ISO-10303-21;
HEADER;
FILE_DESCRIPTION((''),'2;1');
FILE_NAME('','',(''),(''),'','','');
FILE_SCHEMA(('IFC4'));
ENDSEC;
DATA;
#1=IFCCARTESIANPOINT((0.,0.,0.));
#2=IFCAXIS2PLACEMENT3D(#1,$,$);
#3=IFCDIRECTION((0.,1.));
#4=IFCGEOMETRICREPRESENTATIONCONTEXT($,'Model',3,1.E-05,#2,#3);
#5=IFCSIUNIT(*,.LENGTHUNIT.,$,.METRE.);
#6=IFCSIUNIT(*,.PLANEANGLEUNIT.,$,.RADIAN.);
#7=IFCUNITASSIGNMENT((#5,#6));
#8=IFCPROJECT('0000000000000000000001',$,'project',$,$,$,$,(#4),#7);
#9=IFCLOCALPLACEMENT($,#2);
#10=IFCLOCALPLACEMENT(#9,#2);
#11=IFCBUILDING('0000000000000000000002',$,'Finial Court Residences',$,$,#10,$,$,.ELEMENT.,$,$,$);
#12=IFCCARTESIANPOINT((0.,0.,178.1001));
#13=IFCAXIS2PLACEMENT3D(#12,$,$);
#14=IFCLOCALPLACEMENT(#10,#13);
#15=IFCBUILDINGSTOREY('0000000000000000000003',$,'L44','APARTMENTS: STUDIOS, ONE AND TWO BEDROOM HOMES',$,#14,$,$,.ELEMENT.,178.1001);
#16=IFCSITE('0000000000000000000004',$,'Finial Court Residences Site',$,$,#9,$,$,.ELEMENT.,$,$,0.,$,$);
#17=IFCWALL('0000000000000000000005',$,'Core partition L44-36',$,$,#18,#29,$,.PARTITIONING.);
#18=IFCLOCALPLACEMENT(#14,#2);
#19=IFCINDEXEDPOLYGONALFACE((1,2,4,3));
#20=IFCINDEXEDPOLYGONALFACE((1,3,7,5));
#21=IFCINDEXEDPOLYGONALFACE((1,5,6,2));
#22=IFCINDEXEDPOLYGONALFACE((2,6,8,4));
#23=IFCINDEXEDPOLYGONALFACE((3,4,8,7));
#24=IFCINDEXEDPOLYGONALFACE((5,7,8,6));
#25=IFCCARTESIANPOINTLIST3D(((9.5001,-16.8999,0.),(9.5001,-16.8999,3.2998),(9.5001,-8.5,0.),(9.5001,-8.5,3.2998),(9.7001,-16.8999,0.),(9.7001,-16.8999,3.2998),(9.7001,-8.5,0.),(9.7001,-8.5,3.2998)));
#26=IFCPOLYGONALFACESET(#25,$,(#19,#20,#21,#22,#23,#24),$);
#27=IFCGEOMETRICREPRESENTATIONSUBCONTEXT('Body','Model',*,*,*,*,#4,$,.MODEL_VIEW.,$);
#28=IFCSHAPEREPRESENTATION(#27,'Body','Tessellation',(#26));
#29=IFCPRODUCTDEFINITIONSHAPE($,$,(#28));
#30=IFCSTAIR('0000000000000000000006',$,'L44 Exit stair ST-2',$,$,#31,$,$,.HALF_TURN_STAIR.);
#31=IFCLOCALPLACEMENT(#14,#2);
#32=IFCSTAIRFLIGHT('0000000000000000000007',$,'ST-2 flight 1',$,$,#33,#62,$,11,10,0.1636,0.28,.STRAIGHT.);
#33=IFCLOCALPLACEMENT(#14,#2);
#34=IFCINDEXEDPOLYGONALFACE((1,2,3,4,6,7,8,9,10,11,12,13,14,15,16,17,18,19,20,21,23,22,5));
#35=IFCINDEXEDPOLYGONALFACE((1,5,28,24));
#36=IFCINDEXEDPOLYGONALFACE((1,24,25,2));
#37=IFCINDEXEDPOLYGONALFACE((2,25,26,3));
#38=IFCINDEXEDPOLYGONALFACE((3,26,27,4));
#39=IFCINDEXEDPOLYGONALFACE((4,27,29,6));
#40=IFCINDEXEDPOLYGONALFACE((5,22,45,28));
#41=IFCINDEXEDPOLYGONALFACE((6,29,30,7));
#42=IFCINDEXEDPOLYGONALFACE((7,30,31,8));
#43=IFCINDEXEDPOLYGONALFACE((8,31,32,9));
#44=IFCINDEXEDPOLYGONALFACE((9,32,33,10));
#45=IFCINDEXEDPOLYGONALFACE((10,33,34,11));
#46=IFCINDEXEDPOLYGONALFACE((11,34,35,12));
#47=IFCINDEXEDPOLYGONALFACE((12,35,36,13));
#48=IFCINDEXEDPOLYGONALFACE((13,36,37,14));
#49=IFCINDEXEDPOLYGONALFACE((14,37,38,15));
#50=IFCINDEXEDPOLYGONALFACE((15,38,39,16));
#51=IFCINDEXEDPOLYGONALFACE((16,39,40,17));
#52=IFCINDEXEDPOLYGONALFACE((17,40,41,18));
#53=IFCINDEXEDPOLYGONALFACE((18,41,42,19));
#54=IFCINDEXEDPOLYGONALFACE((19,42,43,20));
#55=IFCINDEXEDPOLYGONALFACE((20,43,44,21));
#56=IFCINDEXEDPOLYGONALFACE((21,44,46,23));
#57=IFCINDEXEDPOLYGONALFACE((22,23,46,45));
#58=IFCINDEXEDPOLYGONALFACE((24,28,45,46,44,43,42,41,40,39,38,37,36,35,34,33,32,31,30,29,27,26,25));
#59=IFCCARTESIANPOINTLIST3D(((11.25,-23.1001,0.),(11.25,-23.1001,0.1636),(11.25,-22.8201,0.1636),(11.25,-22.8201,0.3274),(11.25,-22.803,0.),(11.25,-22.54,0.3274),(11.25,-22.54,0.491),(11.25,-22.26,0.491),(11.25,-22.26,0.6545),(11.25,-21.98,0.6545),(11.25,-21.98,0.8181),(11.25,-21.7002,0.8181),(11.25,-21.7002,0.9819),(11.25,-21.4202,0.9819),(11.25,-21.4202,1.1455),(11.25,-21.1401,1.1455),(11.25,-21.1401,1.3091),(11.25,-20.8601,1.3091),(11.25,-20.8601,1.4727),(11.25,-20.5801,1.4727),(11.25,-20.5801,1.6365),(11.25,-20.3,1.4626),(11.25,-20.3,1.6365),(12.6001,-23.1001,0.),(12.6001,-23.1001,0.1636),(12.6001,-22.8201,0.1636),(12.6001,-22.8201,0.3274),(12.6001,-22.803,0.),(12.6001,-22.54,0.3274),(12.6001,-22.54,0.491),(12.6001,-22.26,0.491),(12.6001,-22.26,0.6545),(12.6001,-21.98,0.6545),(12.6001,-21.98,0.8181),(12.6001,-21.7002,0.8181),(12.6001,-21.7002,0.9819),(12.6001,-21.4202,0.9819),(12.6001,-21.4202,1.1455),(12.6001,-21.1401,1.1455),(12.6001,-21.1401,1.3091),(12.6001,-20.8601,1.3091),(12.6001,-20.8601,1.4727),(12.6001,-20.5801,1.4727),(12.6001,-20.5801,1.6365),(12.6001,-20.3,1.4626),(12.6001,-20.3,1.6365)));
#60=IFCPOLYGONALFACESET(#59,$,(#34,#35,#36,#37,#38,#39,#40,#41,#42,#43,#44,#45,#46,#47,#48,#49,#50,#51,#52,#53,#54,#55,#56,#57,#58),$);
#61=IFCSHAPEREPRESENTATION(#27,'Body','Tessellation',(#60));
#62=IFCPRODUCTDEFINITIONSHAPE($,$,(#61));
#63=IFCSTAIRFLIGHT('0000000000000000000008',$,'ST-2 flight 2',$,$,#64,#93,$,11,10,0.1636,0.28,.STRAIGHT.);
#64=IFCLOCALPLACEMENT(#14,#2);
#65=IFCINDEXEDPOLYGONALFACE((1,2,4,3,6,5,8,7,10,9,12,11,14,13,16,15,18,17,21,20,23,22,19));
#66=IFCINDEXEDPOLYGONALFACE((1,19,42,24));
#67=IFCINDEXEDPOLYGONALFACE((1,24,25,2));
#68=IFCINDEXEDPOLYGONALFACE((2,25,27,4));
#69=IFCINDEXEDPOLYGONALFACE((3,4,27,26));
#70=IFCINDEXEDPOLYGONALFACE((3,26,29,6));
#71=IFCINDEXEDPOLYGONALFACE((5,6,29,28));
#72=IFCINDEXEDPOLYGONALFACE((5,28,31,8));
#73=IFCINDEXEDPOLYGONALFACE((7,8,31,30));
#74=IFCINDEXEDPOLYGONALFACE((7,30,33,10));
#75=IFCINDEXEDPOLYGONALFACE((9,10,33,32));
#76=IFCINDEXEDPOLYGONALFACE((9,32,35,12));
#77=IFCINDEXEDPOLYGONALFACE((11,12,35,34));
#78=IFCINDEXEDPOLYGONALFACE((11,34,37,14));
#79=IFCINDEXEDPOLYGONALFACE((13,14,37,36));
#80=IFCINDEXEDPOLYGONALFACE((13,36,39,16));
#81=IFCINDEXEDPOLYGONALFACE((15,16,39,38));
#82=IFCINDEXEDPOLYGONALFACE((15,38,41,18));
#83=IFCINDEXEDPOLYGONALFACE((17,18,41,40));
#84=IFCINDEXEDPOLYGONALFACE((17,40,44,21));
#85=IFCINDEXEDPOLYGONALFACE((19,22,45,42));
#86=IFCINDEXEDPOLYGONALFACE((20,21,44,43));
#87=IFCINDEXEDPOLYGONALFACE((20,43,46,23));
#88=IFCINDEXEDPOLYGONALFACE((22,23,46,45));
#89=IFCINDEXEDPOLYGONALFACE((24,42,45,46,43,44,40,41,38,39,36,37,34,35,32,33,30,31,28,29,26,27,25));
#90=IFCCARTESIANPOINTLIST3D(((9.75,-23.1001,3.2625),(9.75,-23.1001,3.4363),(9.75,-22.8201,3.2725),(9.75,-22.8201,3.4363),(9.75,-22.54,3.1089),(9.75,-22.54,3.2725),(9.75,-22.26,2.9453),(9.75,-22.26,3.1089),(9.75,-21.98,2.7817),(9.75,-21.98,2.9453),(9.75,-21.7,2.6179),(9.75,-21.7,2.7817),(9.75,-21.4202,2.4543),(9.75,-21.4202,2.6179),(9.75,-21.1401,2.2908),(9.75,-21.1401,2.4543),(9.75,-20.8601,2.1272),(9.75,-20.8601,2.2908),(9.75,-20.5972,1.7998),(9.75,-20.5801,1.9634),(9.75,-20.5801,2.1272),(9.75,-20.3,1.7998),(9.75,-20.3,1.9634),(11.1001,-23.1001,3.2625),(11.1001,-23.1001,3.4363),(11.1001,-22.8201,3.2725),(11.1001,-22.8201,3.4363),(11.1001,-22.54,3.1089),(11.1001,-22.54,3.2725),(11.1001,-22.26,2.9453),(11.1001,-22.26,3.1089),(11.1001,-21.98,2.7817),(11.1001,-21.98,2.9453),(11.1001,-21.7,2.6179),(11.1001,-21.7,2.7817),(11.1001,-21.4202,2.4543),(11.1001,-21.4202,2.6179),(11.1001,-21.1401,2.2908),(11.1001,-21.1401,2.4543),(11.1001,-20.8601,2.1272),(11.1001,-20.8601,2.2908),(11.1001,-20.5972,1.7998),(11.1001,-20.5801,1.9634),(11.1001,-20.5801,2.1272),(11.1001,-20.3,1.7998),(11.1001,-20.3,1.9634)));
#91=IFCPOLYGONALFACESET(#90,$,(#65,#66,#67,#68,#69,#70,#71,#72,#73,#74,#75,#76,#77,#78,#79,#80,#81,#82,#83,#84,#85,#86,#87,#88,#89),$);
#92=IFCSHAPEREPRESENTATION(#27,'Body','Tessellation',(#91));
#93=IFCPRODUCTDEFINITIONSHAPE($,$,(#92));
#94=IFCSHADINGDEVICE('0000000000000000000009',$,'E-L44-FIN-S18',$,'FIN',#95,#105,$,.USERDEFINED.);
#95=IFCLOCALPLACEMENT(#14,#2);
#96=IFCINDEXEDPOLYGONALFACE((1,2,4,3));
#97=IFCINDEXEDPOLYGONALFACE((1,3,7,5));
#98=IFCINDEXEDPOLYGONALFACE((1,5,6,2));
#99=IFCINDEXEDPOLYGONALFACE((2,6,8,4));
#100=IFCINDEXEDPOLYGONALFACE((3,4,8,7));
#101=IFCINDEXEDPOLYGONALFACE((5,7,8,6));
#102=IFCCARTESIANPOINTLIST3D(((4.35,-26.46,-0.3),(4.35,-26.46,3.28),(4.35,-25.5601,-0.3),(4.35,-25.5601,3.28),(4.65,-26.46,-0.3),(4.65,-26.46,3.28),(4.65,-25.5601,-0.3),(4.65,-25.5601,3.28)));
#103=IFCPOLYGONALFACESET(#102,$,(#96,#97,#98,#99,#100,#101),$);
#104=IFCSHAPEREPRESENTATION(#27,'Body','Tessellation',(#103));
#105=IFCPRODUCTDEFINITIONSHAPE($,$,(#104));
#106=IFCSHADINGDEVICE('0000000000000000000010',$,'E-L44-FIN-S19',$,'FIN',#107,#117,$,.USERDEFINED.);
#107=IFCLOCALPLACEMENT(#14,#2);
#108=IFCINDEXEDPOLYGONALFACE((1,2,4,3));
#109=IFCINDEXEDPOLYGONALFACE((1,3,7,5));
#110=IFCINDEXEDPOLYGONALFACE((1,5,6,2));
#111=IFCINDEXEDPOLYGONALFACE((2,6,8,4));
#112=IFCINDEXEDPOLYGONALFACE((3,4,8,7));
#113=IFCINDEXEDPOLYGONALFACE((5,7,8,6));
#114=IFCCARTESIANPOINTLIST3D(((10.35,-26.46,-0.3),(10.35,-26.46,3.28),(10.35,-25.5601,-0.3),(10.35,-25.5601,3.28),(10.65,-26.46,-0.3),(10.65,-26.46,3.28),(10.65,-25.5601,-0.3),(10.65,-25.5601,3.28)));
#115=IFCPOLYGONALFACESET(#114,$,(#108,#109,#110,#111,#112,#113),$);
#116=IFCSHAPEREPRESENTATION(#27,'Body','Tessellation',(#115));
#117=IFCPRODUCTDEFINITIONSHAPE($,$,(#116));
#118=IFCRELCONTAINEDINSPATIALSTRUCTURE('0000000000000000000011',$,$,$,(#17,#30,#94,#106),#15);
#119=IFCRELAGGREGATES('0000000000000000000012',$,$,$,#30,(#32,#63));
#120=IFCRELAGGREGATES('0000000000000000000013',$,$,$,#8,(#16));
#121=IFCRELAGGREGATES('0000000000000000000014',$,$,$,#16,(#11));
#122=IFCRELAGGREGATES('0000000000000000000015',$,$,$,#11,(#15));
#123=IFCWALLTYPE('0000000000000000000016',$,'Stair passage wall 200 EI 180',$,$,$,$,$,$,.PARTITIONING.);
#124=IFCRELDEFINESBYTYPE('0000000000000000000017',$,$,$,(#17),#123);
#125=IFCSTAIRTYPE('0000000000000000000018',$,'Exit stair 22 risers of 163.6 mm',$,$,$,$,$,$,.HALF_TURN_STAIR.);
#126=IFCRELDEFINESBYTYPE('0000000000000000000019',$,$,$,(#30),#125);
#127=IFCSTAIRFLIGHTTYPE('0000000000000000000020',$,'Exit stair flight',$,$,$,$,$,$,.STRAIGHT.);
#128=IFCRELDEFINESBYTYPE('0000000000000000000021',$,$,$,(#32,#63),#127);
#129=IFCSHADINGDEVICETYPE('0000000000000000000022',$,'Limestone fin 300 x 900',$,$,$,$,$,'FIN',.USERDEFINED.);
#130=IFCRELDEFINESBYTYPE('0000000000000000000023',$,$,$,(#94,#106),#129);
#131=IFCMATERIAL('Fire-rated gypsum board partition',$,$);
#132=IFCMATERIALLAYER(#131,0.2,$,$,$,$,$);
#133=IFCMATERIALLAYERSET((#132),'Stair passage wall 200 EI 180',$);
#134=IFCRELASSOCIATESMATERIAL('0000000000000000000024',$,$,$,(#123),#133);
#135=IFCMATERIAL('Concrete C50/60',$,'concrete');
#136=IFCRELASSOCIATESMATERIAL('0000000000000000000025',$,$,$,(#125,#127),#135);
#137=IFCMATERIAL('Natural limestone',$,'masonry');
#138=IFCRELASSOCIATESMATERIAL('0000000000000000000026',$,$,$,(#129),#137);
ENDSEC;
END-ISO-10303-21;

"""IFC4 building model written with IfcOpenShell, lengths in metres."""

from ifc_helpers import new_model, si_unit, direction, frame, frame_2d, origin, origin_2d, place, context, subcontext, project, spatial, polyline, rectangle, outline, extrude, material, layer, layer_set, type_object, element, aggregate, save


model = new_model("IFC4")

# Units and contexts
model_context = context("Model", 3, precision=1e-05, world=origin(), true_north=direction((0.0, 1.0)))
body_context = subcontext(model_context, "Body", "Model", "MODEL_VIEW")
ifc_project = project(units=[si_unit("LENGTHUNIT", "METRE"), si_unit("PLANEANGLEUNIT", "RADIAN")], contexts=[model_context])

# Site, building, storey
site_placement = place(None, origin())
site = spatial("IfcSite", under=ifc_project, at=site_placement, Name="Finial Court Residences Site", CompositionType="ELEMENT", RefElevation=0.0)
building_placement = place(site_placement, origin())
building = spatial("IfcBuilding", under=site, at=building_placement, Name="Finial Court Residences", CompositionType="ELEMENT")
storey_placement = place(building_placement, frame((0.0, 0.0, 178.1001)))
storey = spatial("IfcBuildingStorey", under=building, at=storey_placement, Name="L44", Description="APARTMENTS: STUDIOS, ONE AND TWO BEDROOM HOMES", CompositionType="ELEMENT", Elevation=178.1001)

# Shared definitions
ifc_material_1 = material(Name="Fire-rated gypsum board partition")

# Wall
ifc_layer_1 = layer(ifc_material_1, 0.2)
ifc_layer_set_1 = layer_set([ifc_layer_1], Name="Stair passage wall 200 EI 180")
wall_type_1 = type_object("IfcWallType", Name="Stair passage wall 200 EI 180", PredefinedType="PARTITIONING", material=ifc_layer_set_1)
wall_1_placement = place(storey_placement, frame((9.6001, -16.8999, 0.0), z_axis=(0.0, 0.0, 1.0), x_axis=(0.0, 1.0, 0.0)))
element("IfcWall", 1, at=wall_1_placement, inside=storey, type_object=wall_type_1, Name="Core partition L44-36", PredefinedType="PARTITIONING", context=body_context, shape_type="SweptSolid", body=[
    extrude(rectangle(XDim=8.3999, YDim=0.2, at=frame_2d((4.2, 0.0))), origin(), (0.0, 0.0, 1.0), 3.2998),
])

# Stair, stair flights
ifc_material_2 = material(Name="Concrete C50/60", Category="concrete")
stair_type = type_object("IfcStairType", Name="Exit stair 22 risers of 163.6 mm", PredefinedType="HALF_TURN_STAIR", material=ifc_material_2)
stair_placement = place(storey_placement, origin())
stair = element("IfcStair", 2, at=stair_placement, inside=storey, type_object=stair_type, Name="L44 Exit stair ST-2", PredefinedType="HALF_TURN_STAIR")
stair_flight_type = type_object("IfcStairFlightType", Name="Exit stair flight", PredefinedType="STRAIGHT", material=ifc_material_2)
stair_flight_1_placement = place(storey_placement, frame((11.925, -23.1001, 0.0), z_axis=(0.0, 0.0, 1.0), x_axis=(0.0, 1.0, 0.0)))
stair_flight_1 = element("IfcStairFlight", 3, at=stair_flight_1_placement, type_object=stair_flight_type, Name="ST-2 flight 1", NumberOfRisers=11, NumberOfTreads=10, PredefinedType="STRAIGHT", RiserHeight=0.1636, TreadLength=0.28, context=body_context, shape_type="SweptSolid", body=[
    extrude(outline(polyline([(0.0, 0.0), (0.0, 0.1636), (0.28, 0.1636), (0.28, 0.3274), (0.5601, 0.3274), (0.5601, 0.491), (0.8401, 0.491), (0.8401, 0.6545), (1.1201, 0.6545), (1.1201, 0.8181), (1.3999, 0.8181), (1.3999, 0.9819), (1.6799, 0.9819), (1.6799, 1.1455), (1.96, 1.1455), (1.96, 1.3091), (2.24, 1.3091), (2.24, 1.4727), (2.52, 1.4727), (2.52, 1.6365), (2.8, 1.6365), (2.8, 1.8), (2.8, 1.4626), (0.2971, 0.0), (0.0, 0.0)])), frame((0.0, 0.675, 0.0), z_axis=(0.0, -1.0, 0.0), x_axis=(1.0, 0.0, 0.0)), (0.0, 0.0, 1.0), 1.3501),
])
stair_flight_2_placement = place(storey_placement, frame((10.425, -20.3, 1.7998), z_axis=(0.0, 0.0, 1.0), x_axis=(0.0, -1.0, 0.0)))
stair_flight_2 = element("IfcStairFlight", 4, at=stair_flight_2_placement, type_object=stair_flight_type, Name="ST-2 flight 2", NumberOfRisers=11, NumberOfTreads=10, PredefinedType="STRAIGHT", RiserHeight=0.1636, TreadLength=0.28, context=body_context, shape_type="SweptSolid", body=[
    extrude(outline(polyline([(0.0, 0.0), (0.0, 0.1636), (0.28, 0.1636), (0.28, 0.3274), (0.5601, 0.3274), (0.5601, 0.491), (0.8401, 0.491), (0.8401, 0.6545), (1.1201, 0.6545), (1.1201, 0.8181), (1.3999, 0.8181), (1.3999, 0.9819), (1.6799, 0.9819), (1.6799, 1.1455), (1.96, 1.1455), (1.96, 1.3091), (2.24, 1.3091), (2.24, 1.4727), (2.52, 1.4727), (2.52, 1.6365), (2.8, 1.6365), (2.8, 1.8), (2.8, 1.4626), (0.2971, 0.0), (0.0, 0.0)])), frame((0.0, 0.675, 0.0), z_axis=(0.0, -1.0, 0.0), x_axis=(1.0, 0.0, 0.0)), (0.0, 0.0, 1.0), 1.3501),
])
aggregate(stair, [stair_flight_1, stair_flight_2])

# Shading devices
ifc_material_3 = material(Name="Natural limestone", Category="masonry")
shading_device_type = type_object("IfcShadingDeviceType", Name="Limestone fin 300 x 900", ElementType="FIN", PredefinedType="USERDEFINED", material=ifc_material_3)
for number, where, z_axis, x_axis, name in (
    (5, (4.5, -26.01, -0.3), (0.0, 0.0, 1.0), (1.0, 0.0, 0.0), "E-L44-FIN-S18"),
    (6, (10.5, -26.01, -0.3), (0.0, 0.0, 1.0), (1.0, 0.0, 0.0), "E-L44-FIN-S19"),
):
    element("IfcShadingDevice", number, at=place(storey_placement, frame(where, z_axis=z_axis, x_axis=x_axis)), inside=storey, type_object=shading_device_type, Name=name, ObjectType="FIN", PredefinedType="USERDEFINED", context=body_context, shape_type="SweptSolid", body=[
        extrude(rectangle(XDim=0.3, YDim=0.8999, at=origin_2d()), origin(), (0.0, 0.0, 1.0), 3.5801),
    ])

save(model, "model.ifc")
